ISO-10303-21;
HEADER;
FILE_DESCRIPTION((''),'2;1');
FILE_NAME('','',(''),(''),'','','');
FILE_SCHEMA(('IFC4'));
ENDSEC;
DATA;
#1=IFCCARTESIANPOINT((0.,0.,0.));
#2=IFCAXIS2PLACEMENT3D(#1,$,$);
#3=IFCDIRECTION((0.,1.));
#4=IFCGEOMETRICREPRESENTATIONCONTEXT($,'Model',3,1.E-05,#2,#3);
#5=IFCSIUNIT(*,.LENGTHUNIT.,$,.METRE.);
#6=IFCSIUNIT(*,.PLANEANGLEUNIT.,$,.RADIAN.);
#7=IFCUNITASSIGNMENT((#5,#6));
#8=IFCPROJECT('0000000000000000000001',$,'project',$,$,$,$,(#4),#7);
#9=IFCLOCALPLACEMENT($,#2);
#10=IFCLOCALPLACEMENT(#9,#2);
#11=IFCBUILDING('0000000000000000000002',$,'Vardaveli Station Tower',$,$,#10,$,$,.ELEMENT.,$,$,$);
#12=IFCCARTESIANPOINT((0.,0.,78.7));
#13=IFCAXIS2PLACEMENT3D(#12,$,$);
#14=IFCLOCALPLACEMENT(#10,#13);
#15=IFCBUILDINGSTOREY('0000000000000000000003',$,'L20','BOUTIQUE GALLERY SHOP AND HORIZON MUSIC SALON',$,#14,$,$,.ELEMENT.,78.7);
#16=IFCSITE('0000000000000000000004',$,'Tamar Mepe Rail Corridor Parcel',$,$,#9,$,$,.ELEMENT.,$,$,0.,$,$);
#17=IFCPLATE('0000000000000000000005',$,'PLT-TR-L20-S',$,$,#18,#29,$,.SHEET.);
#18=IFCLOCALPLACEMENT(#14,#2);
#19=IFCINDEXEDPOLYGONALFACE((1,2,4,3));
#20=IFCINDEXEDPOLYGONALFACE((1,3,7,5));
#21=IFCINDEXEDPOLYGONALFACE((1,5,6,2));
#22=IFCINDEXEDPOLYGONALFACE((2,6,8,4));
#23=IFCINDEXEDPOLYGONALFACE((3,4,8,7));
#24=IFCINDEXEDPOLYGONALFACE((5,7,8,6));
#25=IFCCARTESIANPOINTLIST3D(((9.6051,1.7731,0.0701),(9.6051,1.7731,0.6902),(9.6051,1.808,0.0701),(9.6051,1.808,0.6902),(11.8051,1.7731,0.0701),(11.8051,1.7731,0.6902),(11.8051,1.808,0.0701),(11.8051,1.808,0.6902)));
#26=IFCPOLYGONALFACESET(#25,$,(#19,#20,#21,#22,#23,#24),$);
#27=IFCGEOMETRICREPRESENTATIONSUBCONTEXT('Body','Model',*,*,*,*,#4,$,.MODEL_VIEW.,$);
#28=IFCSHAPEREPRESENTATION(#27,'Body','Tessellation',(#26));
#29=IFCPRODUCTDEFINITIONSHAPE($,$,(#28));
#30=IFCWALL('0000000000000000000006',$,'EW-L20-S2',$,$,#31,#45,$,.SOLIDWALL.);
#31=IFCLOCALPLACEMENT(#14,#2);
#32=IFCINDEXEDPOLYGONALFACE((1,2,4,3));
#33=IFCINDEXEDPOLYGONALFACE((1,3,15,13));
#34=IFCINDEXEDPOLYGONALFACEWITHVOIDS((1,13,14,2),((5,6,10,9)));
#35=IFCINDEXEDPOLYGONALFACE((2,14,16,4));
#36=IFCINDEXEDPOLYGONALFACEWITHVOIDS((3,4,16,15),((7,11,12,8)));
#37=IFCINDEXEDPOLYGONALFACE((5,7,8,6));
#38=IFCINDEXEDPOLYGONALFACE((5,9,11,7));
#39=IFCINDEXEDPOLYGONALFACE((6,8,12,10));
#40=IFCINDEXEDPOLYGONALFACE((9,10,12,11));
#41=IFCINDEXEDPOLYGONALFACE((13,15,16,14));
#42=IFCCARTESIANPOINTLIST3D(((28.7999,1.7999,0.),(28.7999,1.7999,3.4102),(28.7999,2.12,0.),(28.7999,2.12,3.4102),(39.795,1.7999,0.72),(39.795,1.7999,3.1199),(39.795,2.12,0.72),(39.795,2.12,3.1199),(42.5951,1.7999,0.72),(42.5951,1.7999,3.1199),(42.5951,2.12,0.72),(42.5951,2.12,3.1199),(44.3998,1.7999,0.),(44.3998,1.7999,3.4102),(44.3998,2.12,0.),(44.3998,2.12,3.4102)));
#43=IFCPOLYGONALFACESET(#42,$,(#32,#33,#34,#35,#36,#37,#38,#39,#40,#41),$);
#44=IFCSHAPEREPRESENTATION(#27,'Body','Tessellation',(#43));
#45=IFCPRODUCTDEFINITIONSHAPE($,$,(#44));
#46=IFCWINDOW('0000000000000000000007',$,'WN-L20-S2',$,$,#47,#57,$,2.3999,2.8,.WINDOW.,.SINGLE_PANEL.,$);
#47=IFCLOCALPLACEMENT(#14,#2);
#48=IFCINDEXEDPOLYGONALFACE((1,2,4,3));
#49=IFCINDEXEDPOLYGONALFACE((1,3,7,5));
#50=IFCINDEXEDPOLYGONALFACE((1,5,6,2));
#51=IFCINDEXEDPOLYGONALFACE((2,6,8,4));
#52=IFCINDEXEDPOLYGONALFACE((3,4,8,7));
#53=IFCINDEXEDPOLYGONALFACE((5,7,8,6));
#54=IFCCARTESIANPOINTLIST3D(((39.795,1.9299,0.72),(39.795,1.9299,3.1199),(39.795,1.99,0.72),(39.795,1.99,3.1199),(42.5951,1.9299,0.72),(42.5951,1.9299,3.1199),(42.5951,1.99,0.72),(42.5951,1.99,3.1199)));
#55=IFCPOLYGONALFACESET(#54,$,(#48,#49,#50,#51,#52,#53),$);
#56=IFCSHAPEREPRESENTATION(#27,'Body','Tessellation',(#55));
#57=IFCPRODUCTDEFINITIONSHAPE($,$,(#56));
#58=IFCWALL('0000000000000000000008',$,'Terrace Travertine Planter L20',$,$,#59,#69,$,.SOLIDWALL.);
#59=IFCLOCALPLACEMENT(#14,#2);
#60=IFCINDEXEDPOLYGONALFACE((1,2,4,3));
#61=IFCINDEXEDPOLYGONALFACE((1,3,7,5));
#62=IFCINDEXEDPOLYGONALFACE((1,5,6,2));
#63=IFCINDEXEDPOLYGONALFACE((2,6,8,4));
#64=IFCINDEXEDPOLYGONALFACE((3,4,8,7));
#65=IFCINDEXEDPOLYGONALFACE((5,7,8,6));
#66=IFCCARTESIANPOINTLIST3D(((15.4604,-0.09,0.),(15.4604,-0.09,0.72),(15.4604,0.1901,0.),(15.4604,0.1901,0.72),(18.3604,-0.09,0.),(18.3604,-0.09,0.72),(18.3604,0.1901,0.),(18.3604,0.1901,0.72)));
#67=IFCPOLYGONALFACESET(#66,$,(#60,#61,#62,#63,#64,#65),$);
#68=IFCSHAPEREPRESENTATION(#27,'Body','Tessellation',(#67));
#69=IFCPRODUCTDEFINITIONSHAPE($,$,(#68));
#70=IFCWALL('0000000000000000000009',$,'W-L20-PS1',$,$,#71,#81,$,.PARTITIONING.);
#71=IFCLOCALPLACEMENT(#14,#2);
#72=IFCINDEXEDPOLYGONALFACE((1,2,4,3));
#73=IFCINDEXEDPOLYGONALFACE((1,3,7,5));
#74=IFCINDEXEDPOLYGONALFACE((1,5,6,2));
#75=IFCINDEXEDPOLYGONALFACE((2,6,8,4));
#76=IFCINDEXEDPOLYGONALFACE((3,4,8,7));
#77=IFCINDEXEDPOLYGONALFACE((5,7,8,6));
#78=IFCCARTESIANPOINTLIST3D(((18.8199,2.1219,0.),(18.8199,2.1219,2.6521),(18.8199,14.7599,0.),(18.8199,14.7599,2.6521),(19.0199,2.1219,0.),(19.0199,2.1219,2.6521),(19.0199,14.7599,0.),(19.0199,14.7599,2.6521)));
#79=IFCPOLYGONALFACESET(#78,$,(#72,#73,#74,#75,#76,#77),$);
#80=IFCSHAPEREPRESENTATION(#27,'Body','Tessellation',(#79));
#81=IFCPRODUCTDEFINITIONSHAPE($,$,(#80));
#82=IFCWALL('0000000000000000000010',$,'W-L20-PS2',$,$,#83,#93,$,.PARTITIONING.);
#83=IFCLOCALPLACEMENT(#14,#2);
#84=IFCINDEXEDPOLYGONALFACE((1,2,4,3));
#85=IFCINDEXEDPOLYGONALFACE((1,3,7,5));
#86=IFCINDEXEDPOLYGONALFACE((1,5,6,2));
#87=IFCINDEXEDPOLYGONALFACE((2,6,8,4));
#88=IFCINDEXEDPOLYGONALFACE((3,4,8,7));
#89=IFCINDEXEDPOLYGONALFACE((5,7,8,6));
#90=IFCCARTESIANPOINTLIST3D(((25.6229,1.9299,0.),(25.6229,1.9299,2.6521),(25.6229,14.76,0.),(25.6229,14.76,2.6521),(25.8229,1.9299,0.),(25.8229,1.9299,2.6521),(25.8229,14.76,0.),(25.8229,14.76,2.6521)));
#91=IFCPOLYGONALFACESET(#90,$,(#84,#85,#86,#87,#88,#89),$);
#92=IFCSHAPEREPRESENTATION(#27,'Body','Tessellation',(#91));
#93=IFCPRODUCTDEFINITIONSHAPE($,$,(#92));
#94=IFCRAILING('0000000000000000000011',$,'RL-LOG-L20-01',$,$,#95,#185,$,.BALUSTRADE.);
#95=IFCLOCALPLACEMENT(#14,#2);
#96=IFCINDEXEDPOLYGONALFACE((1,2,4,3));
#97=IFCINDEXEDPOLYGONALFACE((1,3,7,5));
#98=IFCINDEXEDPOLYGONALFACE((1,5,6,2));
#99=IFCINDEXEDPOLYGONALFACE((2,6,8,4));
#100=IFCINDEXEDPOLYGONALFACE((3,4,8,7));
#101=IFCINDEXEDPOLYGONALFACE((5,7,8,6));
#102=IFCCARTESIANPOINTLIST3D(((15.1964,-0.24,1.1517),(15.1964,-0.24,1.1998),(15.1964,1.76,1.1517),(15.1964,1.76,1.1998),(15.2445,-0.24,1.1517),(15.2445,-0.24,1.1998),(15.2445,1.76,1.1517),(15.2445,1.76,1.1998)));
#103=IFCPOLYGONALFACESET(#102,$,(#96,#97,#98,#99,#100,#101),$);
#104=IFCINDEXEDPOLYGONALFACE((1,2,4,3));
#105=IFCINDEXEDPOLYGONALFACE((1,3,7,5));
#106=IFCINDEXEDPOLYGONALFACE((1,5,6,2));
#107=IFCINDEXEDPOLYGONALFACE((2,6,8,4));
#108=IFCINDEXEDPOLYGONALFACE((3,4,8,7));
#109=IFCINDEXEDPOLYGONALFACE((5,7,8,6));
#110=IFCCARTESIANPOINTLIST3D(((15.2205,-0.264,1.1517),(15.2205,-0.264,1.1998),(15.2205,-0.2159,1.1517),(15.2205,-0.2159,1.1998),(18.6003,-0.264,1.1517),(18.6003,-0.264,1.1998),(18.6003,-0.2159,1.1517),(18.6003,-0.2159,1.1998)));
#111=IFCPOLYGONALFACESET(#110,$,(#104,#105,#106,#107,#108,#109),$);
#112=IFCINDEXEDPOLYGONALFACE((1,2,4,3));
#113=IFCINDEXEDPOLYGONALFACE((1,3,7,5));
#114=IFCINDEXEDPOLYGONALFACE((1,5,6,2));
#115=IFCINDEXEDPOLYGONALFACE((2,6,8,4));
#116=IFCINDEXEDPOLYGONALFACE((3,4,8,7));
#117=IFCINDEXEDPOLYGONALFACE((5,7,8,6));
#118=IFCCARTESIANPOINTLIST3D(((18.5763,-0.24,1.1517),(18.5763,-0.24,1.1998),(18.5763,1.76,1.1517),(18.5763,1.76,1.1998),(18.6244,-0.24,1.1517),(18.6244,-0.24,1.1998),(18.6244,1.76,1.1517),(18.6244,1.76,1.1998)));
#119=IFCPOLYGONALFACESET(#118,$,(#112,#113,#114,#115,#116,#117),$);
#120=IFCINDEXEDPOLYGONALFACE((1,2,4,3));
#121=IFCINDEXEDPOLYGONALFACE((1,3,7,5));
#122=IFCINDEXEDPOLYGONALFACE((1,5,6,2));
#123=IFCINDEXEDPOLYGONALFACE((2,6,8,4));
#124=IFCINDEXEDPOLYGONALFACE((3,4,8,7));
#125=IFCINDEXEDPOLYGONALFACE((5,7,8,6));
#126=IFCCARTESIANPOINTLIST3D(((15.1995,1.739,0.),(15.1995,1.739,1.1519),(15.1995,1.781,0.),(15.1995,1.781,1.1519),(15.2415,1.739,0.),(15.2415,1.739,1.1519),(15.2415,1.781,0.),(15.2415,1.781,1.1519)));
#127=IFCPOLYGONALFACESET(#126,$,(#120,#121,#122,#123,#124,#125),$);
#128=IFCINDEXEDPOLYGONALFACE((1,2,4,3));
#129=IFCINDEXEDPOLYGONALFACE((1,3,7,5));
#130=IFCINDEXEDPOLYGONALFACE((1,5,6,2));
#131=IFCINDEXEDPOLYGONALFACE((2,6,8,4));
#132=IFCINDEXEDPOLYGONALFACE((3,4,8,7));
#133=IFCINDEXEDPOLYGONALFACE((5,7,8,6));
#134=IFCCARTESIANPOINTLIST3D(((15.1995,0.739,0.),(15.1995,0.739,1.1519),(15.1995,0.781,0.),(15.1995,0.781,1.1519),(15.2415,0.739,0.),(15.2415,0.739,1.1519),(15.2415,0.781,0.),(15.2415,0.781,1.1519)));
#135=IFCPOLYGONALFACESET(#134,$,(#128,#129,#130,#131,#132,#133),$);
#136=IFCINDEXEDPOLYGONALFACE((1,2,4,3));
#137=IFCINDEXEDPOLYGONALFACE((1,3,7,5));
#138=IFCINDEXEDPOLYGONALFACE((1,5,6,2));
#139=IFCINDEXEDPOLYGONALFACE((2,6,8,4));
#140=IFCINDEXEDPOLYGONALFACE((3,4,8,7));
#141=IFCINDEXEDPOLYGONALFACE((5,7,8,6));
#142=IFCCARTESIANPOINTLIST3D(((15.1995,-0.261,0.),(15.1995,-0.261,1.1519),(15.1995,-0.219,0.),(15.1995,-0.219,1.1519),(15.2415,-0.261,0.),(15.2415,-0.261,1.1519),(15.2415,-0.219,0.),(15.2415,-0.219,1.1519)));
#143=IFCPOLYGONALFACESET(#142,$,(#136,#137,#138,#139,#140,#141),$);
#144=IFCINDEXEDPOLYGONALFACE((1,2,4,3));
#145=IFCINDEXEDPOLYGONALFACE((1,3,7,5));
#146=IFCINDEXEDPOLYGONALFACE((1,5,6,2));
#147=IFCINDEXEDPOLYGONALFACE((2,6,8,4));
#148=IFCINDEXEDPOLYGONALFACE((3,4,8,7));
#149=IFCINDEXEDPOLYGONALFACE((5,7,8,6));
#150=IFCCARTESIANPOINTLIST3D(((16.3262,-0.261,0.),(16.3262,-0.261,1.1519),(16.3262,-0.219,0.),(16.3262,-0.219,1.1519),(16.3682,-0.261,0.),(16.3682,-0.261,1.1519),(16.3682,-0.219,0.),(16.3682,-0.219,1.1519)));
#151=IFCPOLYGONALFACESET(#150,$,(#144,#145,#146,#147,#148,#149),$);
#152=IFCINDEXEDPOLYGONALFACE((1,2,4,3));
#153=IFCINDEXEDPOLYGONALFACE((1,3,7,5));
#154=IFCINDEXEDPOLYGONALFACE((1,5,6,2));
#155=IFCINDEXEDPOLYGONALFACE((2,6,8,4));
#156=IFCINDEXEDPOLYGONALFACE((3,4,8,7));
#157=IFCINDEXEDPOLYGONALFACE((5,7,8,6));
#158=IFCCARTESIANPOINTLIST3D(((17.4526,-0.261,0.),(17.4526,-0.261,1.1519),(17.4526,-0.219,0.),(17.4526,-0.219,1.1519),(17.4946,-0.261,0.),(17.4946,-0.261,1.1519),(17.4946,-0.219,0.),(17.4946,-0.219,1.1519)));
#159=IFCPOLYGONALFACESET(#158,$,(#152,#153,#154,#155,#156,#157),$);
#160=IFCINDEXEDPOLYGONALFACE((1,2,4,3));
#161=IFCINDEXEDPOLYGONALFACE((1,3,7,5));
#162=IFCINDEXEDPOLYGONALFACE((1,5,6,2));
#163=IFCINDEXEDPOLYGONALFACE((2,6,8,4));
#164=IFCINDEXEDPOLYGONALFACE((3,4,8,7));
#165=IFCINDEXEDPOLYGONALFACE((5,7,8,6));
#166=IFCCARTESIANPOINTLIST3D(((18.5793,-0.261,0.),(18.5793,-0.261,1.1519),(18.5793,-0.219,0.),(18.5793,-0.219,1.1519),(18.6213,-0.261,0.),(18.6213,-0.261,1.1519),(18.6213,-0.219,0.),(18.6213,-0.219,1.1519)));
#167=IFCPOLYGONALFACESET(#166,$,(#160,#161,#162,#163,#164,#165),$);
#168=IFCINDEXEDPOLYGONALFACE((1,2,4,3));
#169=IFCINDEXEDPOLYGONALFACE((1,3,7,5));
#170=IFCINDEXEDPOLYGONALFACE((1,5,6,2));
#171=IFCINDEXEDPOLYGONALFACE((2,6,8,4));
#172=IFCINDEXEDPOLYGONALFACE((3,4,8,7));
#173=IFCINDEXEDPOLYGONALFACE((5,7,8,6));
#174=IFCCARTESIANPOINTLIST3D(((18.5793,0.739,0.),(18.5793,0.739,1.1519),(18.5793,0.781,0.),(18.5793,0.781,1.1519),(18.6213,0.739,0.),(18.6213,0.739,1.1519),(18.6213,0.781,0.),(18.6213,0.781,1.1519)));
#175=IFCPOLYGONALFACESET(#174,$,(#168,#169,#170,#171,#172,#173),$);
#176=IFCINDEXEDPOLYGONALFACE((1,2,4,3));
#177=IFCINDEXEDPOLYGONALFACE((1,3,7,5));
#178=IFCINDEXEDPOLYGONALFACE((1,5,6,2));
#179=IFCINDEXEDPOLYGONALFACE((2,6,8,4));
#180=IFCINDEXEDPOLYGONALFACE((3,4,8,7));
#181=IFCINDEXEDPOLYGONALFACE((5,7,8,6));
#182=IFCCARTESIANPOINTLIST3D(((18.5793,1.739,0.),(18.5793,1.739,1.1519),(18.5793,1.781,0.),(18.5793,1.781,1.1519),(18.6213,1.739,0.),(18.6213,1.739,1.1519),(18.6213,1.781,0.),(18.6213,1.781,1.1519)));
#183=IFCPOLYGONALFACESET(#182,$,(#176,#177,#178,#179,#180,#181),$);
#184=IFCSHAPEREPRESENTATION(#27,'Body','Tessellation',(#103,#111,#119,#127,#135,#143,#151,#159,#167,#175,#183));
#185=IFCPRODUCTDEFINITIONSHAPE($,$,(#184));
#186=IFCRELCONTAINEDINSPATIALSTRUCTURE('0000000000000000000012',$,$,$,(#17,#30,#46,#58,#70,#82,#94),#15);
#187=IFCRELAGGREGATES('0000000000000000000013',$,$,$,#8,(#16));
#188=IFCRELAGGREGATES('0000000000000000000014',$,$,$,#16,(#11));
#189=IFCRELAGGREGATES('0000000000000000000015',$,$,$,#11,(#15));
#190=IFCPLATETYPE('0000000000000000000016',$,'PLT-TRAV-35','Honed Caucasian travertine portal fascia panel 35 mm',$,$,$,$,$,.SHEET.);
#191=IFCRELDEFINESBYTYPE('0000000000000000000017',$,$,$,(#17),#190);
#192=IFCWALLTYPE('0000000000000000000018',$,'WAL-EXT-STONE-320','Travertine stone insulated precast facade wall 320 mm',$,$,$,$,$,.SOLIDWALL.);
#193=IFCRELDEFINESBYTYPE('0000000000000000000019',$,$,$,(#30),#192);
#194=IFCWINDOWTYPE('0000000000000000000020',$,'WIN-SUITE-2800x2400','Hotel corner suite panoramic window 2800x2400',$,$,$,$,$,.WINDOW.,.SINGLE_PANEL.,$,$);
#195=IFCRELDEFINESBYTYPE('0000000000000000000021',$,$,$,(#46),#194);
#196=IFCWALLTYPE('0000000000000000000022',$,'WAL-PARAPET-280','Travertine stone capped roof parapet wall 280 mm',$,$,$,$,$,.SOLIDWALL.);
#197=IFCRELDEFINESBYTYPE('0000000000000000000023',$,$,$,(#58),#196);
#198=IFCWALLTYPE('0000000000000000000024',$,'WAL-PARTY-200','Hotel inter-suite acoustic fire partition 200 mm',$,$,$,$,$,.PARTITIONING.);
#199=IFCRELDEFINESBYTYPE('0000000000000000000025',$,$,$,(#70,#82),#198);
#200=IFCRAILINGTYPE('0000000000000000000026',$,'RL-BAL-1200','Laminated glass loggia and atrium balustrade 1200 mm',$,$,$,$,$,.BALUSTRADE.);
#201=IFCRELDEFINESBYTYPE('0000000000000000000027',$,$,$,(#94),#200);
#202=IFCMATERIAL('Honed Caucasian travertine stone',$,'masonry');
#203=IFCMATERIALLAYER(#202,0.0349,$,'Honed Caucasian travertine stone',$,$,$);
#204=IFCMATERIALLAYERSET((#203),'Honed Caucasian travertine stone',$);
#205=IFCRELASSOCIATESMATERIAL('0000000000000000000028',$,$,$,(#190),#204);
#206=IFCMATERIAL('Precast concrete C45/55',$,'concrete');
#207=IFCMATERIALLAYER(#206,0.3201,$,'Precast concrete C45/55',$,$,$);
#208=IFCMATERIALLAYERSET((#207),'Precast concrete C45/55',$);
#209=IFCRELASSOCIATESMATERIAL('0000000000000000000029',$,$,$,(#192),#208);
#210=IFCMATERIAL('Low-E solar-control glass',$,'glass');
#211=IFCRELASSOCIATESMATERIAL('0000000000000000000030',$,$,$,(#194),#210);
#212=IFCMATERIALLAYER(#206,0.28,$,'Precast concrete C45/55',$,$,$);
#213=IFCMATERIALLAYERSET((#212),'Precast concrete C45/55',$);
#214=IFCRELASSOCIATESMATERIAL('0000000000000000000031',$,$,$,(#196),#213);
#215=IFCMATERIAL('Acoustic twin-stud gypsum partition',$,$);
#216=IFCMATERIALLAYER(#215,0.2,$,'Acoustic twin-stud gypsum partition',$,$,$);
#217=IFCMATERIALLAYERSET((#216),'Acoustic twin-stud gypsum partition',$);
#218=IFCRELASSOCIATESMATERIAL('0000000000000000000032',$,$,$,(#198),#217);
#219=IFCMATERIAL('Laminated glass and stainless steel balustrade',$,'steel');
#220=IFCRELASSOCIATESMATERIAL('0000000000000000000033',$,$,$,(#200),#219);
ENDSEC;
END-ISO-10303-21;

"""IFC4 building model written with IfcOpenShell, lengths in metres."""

from ifc_helpers import new_model, si_unit, direction, frame, frame_2d, origin, origin_2d, place, context, subcontext, project, spatial, rectangle, extrude, source, transform, mapped, material, layer, layer_set, type_object, element, fill, save


model = new_model("IFC4")

# Units and contexts
model_context = context("Model", 3, precision=1e-05, world=origin(), true_north=direction((0.0, 1.0)))
body_context = subcontext(model_context, "Body", "Model", "MODEL_VIEW")
ifc_project = project(units=[si_unit("LENGTHUNIT", "METRE"), si_unit("PLANEANGLEUNIT", "RADIAN")], contexts=[model_context])

# Site, building, storey
site_placement = place(None, origin())
site = spatial("IfcSite", under=ifc_project, at=site_placement, Name="Tamar Mepe Rail Corridor Parcel", CompositionType="ELEMENT", RefElevation=0.0)
building_placement = place(site_placement, origin())
building = spatial("IfcBuilding", under=site, at=building_placement, Name="Vardaveli Station Tower", CompositionType="ELEMENT")
storey_placement = place(building_placement, frame((0.0, 0.0, 78.7)))
storey = spatial("IfcBuildingStorey", under=building, at=storey_placement, Name="L20", Description="BOUTIQUE GALLERY SHOP AND HORIZON MUSIC SALON", CompositionType="ELEMENT", Elevation=78.7)

# Plate
ifc_material_1 = material(Name="Honed Caucasian travertine stone", Category="masonry")
ifc_layer_1 = layer(ifc_material_1, 0.0349, Name="Honed Caucasian travertine stone")
ifc_layer_set_1 = layer_set([ifc_layer_1], Name="Honed Caucasian travertine stone")
plate_type_1 = type_object("IfcPlateType", Name="PLT-TRAV-35", Description="Honed Caucasian travertine portal fascia panel 35 mm", PredefinedType="SHEET", material=ifc_layer_set_1)
shared_shape_1 = source(origin(), body_context, "Body", "SweptSolid", [
    extrude(rectangle(XDim=2.2, YDim=0.0349, at=origin_2d()), origin(), (0.0, 0.0, 1.0), 0.6201),
])
plate_1_placement = place(storey_placement, frame((10.7051, 1.7905, 0.0701), z_axis=(0.0, 0.0, 1.0), x_axis=(1.0, 0.0, 0.0)))
element("IfcPlate", 1, at=plate_1_placement, inside=storey, type_object=plate_type_1, Name="PLT-TR-L20-S", PredefinedType="SHEET", context=body_context, shape_type="MappedRepresentation", body=[
    mapped(shared_shape_1, transform((0.0, 0.0, 0.0), scale=1.0)),
])

# Wall, opening, window
ifc_material_2 = material(Name="Precast concrete C45/55", Category="concrete")
ifc_layer_2 = layer(ifc_material_2, 0.3201, Name="Precast concrete C45/55")
ifc_layer_set_2 = layer_set([ifc_layer_2], Name="Precast concrete C45/55")
wall_type_1 = type_object("IfcWallType", Name="WAL-EXT-STONE-320", Description="Travertine stone insulated precast facade wall 320 mm", PredefinedType="SOLIDWALL", material=ifc_layer_set_2)
shared_shape_2 = source(origin(), body_context, "Body", "SweptSolid", [
    extrude(rectangle(XDim=15.5999, YDim=0.3201, at=frame_2d((7.7998, 0.0))), origin(), (0.0, 0.0, 1.0), 3.4102),
])
wall_1_placement = place(storey_placement, frame((28.8, 1.96, 0.0), z_axis=(0.0, 0.0, 1.0), x_axis=(1.0, 0.0, 0.0)))
wall_1 = element("IfcWall", 2, at=wall_1_placement, inside=storey, type_object=wall_type_1, Name="EW-L20-S2", PredefinedType="SOLIDWALL", context=body_context, shape_type="MappedRepresentation", body=[
    mapped(shared_shape_2, transform((0.0, 0.0, 0.0), scale=1.0)),
])
shared_shape_3 = source(origin(), body_context, "Body", "SweptSolid", [
    extrude(rectangle(XDim=2.8, YDim=2.3999, at=frame_2d((1.3999, 1.2))), frame((0.0, 0.1699, 0.0), z_axis=(0.0, -1.0, 0.0), x_axis=(1.0, 0.0, 0.0)), (0.0, 0.0, 1.0), 0.3401),
])
opening_placement = place(wall_1_placement, frame((10.9951, 0.0, 0.72)))
opening = element("IfcOpeningElement", 3, at=opening_placement, cuts=wall_1, PredefinedType="OPENING", context=body_context, shape_type="MappedRepresentation", body=[
    mapped(shared_shape_3, transform((0.0, 0.0, 0.0), scale=1.0)),
])
ifc_material_3 = material(Name="Low-E solar-control glass", Category="glass")
window_type = type_object("IfcWindowType", Name="WIN-SUITE-2800x2400", Description="Hotel corner suite panoramic window 2800x2400", PartitioningType="SINGLE_PANEL", PredefinedType="WINDOW", material=ifc_material_3)
shared_shape_4 = source(origin(), body_context, "Body", "SweptSolid", [
    extrude(rectangle(XDim=2.8, YDim=2.3999, at=frame_2d((1.3999, 1.2))), frame((0.0, 0.03, 0.0), z_axis=(0.0, -1.0, 0.0), x_axis=(1.0, 0.0, 0.0)), (0.0, 0.0, 1.0), 0.0601),
])
window_placement = place(opening_placement, origin())
window = element("IfcWindow", 4, at=window_placement, inside=storey, type_object=window_type, Name="WN-L20-S2", OverallHeight=2.3999, OverallWidth=2.8, PartitioningType="SINGLE_PANEL", PredefinedType="WINDOW", context=body_context, shape_type="MappedRepresentation", body=[
    mapped(shared_shape_4, transform((0.0, 0.0, 0.0), scale=1.0)),
])
fill(opening, window)

# Walls
ifc_layer_3 = layer(ifc_material_2, 0.28, Name="Precast concrete C45/55")
ifc_layer_set_3 = layer_set([ifc_layer_3], Name="Precast concrete C45/55")
wall_type_2 = type_object("IfcWallType", Name="WAL-PARAPET-280", Description="Travertine stone capped roof parapet wall 280 mm", PredefinedType="SOLIDWALL", material=ifc_layer_set_3)
shared_shape_5 = source(origin(), body_context, "Body", "SweptSolid", [
    extrude(rectangle(XDim=2.8999, YDim=0.28, at=frame_2d((1.45, 0.0))), origin(), (0.0, 0.0, 1.0), 0.72),
])
wall_2_placement = place(storey_placement, frame((15.4604, 0.05, 0.0), z_axis=(0.0, 0.0, 1.0), x_axis=(1.0, 0.0, 0.0)))
element("IfcWall", 5, at=wall_2_placement, inside=storey, type_object=wall_type_2, Name="Terrace Travertine Planter L20", PredefinedType="SOLIDWALL", context=body_context, shape_type="MappedRepresentation", body=[
    mapped(shared_shape_5, transform((0.0, 0.0, 0.0), scale=1.0)),
])
ifc_material_4 = material(Name="Acoustic twin-stud gypsum partition")
ifc_layer_4 = layer(ifc_material_4, 0.2, Name="Acoustic twin-stud gypsum partition")
ifc_layer_set_4 = layer_set([ifc_layer_4], Name="Acoustic twin-stud gypsum partition")
wall_type_3 = type_object("IfcWallType", Name="WAL-PARTY-200", Description="Hotel inter-suite acoustic fire partition 200 mm", PredefinedType="PARTITIONING", material=ifc_layer_set_4)
shared_shape_6 = source(origin(), body_context, "Body", "SweptSolid", [
    extrude(rectangle(XDim=12.6379, YDim=0.2, at=frame_2d((6.3188, 0.0))), origin(), (0.0, 0.0, 1.0), 2.6521),
])
wall_3_placement = place(storey_placement, frame((18.9199, 2.1221, 0.0), z_axis=(0.0, 0.0, 1.0), x_axis=(0.0, 1.0, 0.0)))
element("IfcWall", 6, at=wall_3_placement, inside=storey, type_object=wall_type_3, Name="W-L20-PS1", PredefinedType="PARTITIONING", context=body_context, shape_type="MappedRepresentation", body=[
    mapped(shared_shape_6, transform((0.0, 0.0, 0.0), scale=1.0)),
])
shared_shape_7 = source(origin(), body_context, "Body", "SweptSolid", [
    extrude(rectangle(XDim=12.8301, YDim=0.2, at=frame_2d((6.415, 0.0))), origin(), (0.0, 0.0, 1.0), 2.6521),
])
wall_4_placement = place(storey_placement, frame((25.7229, 1.9299, 0.0), z_axis=(0.0, 0.0, 1.0), x_axis=(0.0, 1.0, 0.0)))
element("IfcWall", 7, at=wall_4_placement, inside=storey, type_object=wall_type_3, Name="W-L20-PS2", PredefinedType="PARTITIONING", context=body_context, shape_type="MappedRepresentation", body=[
    mapped(shared_shape_7, transform((0.0, 0.0, 0.0), scale=1.0)),
])

# Railing
ifc_material_5 = material(Name="Laminated glass and stainless steel balustrade", Category="steel")
railing_type = type_object("IfcRailingType", Name="RL-BAL-1200", Description="Laminated glass loggia and atrium balustrade 1200 mm", PredefinedType="BALUSTRADE", material=ifc_material_5)
shared_shape_8 = source(origin(), body_context, "Body", "SweptSolid", [
    extrude(rectangle(XDim=0.0481, YDim=0.0481, at=origin_2d()), frame((0.0, 0.0, 1.1758), z_axis=(0.0, -1.0, 0.0), x_axis=(1.0, 0.0, 0.0)), (0.0, 0.0, 1.0), 2.0),
    extrude(rectangle(XDim=0.0481, YDim=0.0481, at=origin_2d()), frame((0.0, -2.0, 1.1758), z_axis=(1.0, 0.0, 0.0), x_axis=(0.0, 1.0, 0.0)), (0.0, 0.0, 1.0), 3.3799),
    extrude(rectangle(XDim=0.0481, YDim=0.0481, at=origin_2d()), frame((3.3799, -2.0, 1.1758), z_axis=(0.0, 1.0, 0.0), x_axis=(-1.0, 0.0, 0.0)), (0.0, 0.0, 1.0), 2.0),
    extrude(rectangle(XDim=0.042, YDim=0.042, at=origin_2d()), origin(), (0.0, 0.0, 1.0), 1.1519),
    extrude(rectangle(XDim=0.042, YDim=0.042, at=origin_2d()), frame((0.0, -1.0, 0.0)), (0.0, 0.0, 1.0), 1.1519),
    extrude(rectangle(XDim=0.042, YDim=0.042, at=origin_2d()), frame((0.0, -2.0, 0.0)), (0.0, 0.0, 1.0), 1.1519),
    extrude(rectangle(XDim=0.042, YDim=0.042, at=origin_2d()), frame((1.1267, -2.0, 0.0)), (0.0, 0.0, 1.0), 1.1519),
    extrude(rectangle(XDim=0.042, YDim=0.042, at=origin_2d()), frame((2.2532, -2.0, 0.0)), (0.0, 0.0, 1.0), 1.1519),
    extrude(rectangle(XDim=0.042, YDim=0.042, at=origin_2d()), frame((3.3799, -2.0, 0.0)), (0.0, 0.0, 1.0), 1.1519),
    extrude(rectangle(XDim=0.042, YDim=0.042, at=origin_2d()), frame((3.3799, -1.0, 0.0)), (0.0, 0.0, 1.0), 1.1519),
    extrude(rectangle(XDim=0.042, YDim=0.042, at=origin_2d()), frame((3.3799, 0.0, 0.0)), (0.0, 0.0, 1.0), 1.1519),
])
railing_placement = place(storey_placement, frame((15.2205, 1.76, 0.0)))
element("IfcRailing", 8, at=railing_placement, inside=storey, type_object=railing_type, Name="RL-LOG-L20-01", PredefinedType="BALUSTRADE", context=body_context, shape_type="MappedRepresentation", body=[
    mapped(shared_shape_8, transform((0.0, 0.0, 0.0), scale=1.0)),
])

save(model, "model.ifc")
